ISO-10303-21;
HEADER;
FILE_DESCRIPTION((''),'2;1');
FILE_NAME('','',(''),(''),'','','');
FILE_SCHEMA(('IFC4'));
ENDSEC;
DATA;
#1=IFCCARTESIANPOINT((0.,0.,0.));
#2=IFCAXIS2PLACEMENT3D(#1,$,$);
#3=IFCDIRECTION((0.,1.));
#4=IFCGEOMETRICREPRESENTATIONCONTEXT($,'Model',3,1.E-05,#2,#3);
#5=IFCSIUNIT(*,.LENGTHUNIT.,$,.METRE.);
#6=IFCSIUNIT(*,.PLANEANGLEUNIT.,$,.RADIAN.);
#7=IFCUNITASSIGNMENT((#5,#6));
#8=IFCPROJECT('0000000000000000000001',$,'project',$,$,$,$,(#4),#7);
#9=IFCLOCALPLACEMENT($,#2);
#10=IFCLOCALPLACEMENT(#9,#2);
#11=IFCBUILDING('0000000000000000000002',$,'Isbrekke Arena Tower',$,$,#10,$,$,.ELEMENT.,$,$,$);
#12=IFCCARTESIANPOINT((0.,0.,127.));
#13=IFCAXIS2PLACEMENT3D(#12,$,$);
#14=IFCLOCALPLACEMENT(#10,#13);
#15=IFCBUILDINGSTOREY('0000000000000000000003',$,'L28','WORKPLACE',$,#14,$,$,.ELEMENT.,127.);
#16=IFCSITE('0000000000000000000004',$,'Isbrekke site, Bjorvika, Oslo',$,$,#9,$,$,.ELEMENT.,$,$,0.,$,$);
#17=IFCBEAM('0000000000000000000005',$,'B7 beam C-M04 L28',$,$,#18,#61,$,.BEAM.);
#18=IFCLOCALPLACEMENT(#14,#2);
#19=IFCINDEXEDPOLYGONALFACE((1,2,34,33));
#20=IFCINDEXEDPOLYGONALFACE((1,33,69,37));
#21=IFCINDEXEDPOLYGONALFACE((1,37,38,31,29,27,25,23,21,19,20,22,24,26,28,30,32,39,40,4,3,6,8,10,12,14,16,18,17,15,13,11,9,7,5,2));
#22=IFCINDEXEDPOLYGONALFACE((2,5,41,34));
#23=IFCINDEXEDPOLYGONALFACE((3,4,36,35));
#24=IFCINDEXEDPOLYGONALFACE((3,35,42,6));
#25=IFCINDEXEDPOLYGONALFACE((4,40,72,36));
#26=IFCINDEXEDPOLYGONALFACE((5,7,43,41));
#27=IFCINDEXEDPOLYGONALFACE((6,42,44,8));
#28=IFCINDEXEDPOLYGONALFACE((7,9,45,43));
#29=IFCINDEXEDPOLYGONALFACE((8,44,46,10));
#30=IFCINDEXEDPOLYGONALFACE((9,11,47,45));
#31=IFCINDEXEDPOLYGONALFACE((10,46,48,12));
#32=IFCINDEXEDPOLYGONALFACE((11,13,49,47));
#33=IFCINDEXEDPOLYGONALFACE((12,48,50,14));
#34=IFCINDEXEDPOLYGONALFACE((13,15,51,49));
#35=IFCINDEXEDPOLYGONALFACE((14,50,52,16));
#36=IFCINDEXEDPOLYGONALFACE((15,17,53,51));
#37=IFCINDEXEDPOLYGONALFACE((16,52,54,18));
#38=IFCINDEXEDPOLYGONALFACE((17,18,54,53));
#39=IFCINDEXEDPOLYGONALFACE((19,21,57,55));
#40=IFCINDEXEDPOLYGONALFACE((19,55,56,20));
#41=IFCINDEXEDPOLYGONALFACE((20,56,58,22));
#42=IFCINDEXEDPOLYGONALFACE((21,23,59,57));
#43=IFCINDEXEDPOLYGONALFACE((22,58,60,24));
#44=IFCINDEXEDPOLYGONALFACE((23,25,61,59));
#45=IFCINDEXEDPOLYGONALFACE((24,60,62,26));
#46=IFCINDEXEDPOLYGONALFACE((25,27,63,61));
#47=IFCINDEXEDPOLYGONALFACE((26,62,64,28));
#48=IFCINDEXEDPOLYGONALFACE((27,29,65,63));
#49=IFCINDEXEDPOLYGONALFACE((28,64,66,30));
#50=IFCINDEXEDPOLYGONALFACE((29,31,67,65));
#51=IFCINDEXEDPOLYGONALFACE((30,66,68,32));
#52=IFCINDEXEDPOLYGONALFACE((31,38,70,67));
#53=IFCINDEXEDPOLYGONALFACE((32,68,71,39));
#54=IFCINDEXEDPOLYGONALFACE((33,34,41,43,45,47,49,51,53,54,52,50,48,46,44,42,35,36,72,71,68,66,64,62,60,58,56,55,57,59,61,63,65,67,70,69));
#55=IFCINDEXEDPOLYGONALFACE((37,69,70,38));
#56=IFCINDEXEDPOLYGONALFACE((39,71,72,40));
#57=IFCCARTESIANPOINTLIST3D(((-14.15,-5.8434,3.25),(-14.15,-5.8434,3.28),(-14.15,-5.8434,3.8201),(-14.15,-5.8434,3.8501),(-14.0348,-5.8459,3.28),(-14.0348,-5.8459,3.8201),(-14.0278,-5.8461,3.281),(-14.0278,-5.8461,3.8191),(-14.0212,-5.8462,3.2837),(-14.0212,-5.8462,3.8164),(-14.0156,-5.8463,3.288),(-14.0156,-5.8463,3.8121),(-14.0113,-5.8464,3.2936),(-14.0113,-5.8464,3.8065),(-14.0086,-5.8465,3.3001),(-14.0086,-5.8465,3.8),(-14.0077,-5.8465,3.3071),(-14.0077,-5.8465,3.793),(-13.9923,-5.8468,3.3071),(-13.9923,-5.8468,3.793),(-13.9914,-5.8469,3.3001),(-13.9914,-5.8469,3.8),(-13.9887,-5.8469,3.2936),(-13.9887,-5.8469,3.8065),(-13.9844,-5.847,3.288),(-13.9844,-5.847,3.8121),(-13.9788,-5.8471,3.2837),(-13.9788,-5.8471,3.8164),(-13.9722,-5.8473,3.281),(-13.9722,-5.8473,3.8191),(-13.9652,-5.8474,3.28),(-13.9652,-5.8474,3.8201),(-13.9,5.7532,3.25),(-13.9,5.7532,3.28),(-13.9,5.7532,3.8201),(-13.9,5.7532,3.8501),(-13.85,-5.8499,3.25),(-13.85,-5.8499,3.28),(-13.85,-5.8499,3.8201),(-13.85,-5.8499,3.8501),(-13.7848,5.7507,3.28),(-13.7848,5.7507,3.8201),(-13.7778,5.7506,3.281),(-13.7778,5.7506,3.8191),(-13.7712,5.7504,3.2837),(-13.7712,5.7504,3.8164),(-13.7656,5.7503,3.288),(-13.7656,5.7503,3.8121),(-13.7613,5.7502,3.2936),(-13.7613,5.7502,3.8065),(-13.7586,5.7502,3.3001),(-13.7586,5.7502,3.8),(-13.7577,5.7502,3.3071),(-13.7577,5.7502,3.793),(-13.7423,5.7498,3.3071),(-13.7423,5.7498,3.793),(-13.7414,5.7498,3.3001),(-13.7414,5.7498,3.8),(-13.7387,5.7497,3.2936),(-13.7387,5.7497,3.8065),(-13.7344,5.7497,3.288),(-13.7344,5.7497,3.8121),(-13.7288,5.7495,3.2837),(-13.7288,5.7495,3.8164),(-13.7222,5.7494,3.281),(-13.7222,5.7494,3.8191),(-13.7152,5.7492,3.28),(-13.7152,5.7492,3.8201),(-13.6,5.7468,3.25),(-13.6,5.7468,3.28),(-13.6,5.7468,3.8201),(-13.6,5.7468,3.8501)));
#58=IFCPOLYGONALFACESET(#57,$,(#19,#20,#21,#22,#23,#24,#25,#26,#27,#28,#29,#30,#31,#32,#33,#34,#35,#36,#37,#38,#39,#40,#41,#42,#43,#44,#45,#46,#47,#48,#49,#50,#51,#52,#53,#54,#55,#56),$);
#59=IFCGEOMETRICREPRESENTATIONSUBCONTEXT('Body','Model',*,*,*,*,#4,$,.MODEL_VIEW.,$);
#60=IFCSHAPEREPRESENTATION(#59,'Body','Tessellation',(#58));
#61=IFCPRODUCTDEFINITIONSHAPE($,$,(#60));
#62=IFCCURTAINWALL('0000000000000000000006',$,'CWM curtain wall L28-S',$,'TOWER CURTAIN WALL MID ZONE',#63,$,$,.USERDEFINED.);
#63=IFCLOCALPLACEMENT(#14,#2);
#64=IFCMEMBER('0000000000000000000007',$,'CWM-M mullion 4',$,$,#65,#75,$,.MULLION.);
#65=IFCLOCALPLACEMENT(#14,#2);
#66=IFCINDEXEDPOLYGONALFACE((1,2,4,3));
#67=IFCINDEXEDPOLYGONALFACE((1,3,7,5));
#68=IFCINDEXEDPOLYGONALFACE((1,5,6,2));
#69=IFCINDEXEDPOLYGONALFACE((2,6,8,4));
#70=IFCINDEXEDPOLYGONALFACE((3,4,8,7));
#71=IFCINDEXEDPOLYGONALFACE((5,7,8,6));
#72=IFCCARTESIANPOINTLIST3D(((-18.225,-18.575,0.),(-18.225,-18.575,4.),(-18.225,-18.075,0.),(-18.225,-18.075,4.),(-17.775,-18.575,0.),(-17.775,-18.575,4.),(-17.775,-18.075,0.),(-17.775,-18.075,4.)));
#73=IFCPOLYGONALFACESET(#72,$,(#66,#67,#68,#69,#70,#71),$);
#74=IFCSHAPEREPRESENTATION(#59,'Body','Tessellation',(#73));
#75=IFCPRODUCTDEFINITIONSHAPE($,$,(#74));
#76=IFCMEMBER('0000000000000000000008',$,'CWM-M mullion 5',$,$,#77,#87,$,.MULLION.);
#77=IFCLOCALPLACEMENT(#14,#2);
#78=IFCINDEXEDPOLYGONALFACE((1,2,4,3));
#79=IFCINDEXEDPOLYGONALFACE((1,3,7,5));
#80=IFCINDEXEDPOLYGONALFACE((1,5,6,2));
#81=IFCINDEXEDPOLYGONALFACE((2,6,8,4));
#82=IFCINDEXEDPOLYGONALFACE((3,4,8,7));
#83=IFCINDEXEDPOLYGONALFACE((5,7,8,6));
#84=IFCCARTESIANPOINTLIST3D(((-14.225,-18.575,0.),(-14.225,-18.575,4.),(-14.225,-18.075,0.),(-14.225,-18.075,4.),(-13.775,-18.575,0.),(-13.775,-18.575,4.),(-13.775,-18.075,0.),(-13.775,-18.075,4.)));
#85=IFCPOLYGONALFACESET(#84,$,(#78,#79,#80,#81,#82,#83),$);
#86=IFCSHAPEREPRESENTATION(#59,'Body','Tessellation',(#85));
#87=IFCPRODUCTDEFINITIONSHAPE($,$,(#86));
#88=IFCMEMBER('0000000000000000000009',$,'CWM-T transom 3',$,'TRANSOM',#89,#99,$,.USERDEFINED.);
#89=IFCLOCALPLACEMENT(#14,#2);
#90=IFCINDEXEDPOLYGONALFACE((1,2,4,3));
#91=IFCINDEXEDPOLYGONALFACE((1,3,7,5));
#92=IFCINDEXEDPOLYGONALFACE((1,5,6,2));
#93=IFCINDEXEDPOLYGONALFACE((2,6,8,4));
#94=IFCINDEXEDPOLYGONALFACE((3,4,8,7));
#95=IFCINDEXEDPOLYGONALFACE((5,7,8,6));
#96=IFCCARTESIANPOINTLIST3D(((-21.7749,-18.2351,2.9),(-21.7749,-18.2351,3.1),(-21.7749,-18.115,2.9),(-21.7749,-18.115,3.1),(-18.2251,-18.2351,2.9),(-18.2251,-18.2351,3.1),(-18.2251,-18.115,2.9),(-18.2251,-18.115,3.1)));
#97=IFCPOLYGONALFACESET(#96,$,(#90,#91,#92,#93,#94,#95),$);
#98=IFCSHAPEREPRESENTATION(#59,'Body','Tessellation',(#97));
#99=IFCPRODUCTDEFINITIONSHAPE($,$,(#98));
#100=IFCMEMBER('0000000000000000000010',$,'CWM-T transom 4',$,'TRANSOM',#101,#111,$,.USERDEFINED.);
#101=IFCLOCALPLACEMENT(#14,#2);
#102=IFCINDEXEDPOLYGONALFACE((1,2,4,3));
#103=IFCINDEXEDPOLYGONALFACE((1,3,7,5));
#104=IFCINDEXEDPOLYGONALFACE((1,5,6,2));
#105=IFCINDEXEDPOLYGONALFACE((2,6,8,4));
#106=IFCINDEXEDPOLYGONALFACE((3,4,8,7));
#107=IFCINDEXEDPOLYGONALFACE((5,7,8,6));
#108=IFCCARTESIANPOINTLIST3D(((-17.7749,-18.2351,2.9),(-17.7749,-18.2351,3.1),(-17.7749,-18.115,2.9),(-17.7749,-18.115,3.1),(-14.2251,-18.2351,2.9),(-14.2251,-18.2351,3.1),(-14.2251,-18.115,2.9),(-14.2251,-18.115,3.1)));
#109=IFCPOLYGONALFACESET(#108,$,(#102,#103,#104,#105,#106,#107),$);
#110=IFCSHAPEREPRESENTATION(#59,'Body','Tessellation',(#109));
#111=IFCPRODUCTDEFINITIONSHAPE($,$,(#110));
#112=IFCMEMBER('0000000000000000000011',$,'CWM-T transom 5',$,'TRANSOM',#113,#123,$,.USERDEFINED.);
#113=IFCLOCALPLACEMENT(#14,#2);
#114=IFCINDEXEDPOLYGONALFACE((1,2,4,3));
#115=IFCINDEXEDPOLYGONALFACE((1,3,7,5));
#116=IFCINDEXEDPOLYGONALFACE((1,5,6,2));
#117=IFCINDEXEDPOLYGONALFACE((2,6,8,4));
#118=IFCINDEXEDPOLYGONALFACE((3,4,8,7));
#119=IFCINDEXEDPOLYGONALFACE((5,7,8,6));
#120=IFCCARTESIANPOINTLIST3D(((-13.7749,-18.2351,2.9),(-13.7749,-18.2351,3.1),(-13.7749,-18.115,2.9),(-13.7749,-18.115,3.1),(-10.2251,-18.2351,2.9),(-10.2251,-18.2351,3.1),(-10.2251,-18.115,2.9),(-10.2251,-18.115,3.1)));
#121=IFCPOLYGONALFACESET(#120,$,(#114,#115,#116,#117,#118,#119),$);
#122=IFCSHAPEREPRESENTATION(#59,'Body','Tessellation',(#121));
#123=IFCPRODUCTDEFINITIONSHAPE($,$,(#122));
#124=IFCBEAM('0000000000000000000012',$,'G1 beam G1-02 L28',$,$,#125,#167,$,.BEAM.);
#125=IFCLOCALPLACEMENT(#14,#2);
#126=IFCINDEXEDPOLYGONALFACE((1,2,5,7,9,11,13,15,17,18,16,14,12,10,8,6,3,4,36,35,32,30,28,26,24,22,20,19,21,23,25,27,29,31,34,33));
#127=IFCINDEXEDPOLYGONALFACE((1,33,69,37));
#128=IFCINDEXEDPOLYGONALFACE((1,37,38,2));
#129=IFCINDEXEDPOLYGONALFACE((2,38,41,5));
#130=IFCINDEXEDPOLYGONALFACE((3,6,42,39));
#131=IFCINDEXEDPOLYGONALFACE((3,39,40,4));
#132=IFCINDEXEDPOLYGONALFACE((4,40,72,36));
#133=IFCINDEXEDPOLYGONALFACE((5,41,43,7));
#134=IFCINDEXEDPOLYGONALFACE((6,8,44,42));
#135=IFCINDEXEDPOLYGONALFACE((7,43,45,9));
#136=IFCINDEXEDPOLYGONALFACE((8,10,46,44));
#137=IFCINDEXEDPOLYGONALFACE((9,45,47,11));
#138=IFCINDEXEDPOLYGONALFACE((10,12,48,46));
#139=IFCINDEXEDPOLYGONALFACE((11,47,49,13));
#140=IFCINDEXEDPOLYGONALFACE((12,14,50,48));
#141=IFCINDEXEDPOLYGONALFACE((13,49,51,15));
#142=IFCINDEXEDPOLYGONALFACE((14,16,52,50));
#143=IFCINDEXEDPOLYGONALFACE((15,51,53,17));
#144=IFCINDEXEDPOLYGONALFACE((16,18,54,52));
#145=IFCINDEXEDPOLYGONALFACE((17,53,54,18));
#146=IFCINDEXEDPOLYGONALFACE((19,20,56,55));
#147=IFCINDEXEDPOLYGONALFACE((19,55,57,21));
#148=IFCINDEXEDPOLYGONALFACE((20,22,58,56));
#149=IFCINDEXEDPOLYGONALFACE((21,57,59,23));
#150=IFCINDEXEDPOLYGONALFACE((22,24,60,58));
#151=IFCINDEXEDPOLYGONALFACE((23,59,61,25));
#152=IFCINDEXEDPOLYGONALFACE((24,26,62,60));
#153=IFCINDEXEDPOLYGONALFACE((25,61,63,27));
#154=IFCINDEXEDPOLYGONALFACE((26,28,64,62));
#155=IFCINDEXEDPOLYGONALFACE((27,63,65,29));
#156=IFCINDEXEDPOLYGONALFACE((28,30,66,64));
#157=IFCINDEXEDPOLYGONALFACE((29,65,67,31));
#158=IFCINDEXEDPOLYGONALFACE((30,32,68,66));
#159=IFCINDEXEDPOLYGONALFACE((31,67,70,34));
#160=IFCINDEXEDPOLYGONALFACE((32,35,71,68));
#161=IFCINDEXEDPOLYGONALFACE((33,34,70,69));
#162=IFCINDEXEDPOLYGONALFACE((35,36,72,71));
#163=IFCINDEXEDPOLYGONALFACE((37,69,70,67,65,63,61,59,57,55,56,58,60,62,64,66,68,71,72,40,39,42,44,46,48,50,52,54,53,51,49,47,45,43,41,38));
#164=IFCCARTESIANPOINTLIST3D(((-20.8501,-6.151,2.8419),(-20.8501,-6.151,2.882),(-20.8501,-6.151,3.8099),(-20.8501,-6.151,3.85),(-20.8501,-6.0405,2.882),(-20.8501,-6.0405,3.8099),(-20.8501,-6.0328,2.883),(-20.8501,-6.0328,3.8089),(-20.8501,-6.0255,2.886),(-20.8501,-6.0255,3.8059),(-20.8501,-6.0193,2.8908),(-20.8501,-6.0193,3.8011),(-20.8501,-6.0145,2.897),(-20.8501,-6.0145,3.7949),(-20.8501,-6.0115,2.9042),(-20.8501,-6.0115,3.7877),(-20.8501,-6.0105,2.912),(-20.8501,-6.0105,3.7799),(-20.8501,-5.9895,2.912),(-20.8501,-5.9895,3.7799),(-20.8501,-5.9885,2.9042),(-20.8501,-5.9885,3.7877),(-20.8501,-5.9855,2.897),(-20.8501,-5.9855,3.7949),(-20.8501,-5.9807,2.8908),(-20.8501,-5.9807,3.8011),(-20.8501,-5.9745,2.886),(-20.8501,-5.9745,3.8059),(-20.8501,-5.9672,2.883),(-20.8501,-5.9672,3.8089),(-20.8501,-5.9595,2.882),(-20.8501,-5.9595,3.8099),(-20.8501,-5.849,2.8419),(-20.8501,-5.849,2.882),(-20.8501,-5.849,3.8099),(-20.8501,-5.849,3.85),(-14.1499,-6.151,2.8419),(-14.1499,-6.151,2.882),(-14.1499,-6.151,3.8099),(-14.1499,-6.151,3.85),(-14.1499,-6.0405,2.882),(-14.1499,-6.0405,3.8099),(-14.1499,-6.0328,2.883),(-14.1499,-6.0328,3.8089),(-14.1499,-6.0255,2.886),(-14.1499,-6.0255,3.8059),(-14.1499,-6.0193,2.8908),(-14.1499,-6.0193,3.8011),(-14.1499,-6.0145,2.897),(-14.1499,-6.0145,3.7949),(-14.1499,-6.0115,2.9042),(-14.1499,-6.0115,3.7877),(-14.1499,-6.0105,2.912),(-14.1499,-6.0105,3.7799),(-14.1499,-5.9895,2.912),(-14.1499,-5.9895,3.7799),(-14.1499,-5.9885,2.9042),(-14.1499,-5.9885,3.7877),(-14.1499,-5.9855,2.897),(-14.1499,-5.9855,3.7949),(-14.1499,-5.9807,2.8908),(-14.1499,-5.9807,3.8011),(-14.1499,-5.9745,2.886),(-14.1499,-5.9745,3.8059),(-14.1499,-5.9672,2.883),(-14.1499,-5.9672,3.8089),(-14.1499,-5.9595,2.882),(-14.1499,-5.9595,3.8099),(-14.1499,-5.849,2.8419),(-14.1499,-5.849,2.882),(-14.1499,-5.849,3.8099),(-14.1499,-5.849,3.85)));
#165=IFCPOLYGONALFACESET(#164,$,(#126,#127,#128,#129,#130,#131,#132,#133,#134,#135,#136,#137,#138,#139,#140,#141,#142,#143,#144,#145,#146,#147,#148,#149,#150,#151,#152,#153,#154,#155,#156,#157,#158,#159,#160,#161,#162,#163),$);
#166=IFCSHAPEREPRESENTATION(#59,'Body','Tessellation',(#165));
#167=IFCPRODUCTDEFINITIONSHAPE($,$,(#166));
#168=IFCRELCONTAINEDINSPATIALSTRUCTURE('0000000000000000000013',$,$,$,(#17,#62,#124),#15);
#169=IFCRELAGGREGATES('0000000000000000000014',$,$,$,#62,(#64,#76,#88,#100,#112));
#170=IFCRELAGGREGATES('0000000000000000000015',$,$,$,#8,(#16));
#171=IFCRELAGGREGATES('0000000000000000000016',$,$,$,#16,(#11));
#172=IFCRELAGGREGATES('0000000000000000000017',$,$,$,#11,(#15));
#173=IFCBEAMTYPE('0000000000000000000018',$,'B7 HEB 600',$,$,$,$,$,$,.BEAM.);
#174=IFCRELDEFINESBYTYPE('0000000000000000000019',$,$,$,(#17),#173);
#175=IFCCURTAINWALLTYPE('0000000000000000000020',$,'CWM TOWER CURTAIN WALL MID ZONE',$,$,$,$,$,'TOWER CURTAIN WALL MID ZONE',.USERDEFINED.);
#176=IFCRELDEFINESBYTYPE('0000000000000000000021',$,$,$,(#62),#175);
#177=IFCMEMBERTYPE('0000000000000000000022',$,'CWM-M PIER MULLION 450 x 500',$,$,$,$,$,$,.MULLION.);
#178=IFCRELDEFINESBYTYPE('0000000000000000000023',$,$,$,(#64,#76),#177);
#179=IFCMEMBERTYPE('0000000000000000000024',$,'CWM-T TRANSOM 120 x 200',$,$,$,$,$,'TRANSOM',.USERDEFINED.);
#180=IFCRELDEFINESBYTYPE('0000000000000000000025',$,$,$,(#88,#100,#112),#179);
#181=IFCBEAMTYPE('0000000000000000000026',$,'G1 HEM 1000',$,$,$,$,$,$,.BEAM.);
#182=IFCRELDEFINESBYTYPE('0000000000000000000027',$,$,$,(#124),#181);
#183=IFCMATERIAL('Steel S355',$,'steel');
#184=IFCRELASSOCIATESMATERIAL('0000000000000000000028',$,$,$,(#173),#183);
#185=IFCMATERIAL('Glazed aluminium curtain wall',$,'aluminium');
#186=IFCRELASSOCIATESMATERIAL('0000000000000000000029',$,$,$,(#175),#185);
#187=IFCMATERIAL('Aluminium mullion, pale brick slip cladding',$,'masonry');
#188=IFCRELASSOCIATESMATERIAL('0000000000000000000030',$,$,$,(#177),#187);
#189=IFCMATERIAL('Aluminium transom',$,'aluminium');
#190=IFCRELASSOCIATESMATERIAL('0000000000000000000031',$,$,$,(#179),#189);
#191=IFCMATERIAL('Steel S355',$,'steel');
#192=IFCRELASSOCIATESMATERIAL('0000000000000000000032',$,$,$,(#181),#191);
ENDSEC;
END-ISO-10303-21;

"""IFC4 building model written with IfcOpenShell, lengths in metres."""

from ifc_helpers import new_model, si_unit, direction, frame, origin, origin_2d, place, context, subcontext, project, spatial, rectangle, i_section, extrude, material, material_profile, profile_set, type_object, element, aggregate, save


model = new_model("IFC4")

# Units and contexts
model_context = context("Model", 3, precision=1e-05, world=origin(), true_north=direction((0.0, 1.0)))
body_context = subcontext(model_context, "Body", "Model", "MODEL_VIEW")
ifc_project = project(units=[si_unit("LENGTHUNIT", "METRE"), si_unit("PLANEANGLEUNIT", "RADIAN")], contexts=[model_context])

# Site, building, storey
site_placement = place(None, origin())
site = spatial("IfcSite", under=ifc_project, at=site_placement, Name="Isbrekke site, Bjorvika, Oslo", CompositionType="ELEMENT", RefElevation=0.0)
building_placement = place(site_placement, origin())
building = spatial("IfcBuilding", under=site, at=building_placement, Name="Isbrekke Arena Tower", CompositionType="ELEMENT")
storey_placement = place(building_placement, frame((0.0, 0.0, 127.0)))
storey = spatial("IfcBuildingStorey", under=building, at=storey_placement, Name="L28", Description="WORKPLACE", CompositionType="ELEMENT", Elevation=127.0)

# Beam
ifc_material_1 = material(Name="Steel S355", Category="steel")
ifc_material_profile_1 = material_profile(ifc_material_1, i_section(OverallWidth=0.3, OverallDepth=0.6001, WebThickness=0.0154, FlangeThickness=0.03, FilletRadius=0.0271, at=origin_2d()), Name="HEB 600")
ifc_profile_set_1 = profile_set([ifc_material_profile_1], Name="Steel S355")
beam_type_1 = type_object("IfcBeamType", Name="B7 HEB 600", PredefinedType="BEAM", material=ifc_profile_set_1)
beam_1_placement = place(storey_placement, frame((-14.0, -5.8467, 3.55), z_axis=(0.021553, 0.999768, 0.0), x_axis=(-0.999768, 0.021553, 0.0)))
element("IfcBeam", 1, at=beam_1_placement, inside=storey, type_object=beam_type_1, Name="B7 beam C-M04 L28", PredefinedType="BEAM", context=body_context, shape_type="SweptSolid", body=[
    extrude(i_section(OverallWidth=0.3, OverallDepth=0.6001, WebThickness=0.0154, FlangeThickness=0.03, FilletRadius=0.0271, at=origin_2d()), origin(), (0.0, 0.0, 1.0), 11.5994),
])

# Curtain wall, members
ifc_material_2 = material(Name="Glazed aluminium curtain wall", Category="aluminium")
curtain_wall_type = type_object("IfcCurtainWallType", Name="CWM TOWER CURTAIN WALL MID ZONE", ElementType="TOWER CURTAIN WALL MID ZONE", PredefinedType="USERDEFINED", material=ifc_material_2)
curtain_wall_placement = place(storey_placement, origin())
curtain_wall = element("IfcCurtainWall", 2, at=curtain_wall_placement, inside=storey, type_object=curtain_wall_type, Name="CWM curtain wall L28-S", ObjectType="TOWER CURTAIN WALL MID ZONE", PredefinedType="USERDEFINED")
ifc_material_3 = material(Name="Aluminium mullion, pale brick slip cladding", Category="masonry")
ifc_material_profile_2 = material_profile(ifc_material_3, rectangle(XDim=0.45, YDim=0.5, at=origin_2d()), Name="PIER 450X500")
ifc_profile_set_2 = profile_set([ifc_material_profile_2], Name="Aluminium mullion, pale brick slip cladding")
member_type_1 = type_object("IfcMemberType", Name="CWM-M PIER MULLION 450 x 500", PredefinedType="MULLION", material=ifc_profile_set_2)
member_1_placement = place(storey_placement, frame((-18.0, -18.325, 0.0), z_axis=(0.0, 0.0, 1.0), x_axis=(1.0, 0.0, 0.0)))
member_1 = element("IfcMember", 3, at=member_1_placement, type_object=member_type_1, Name="CWM-M mullion 4", PredefinedType="MULLION", context=body_context, shape_type="SweptSolid", body=[
    extrude(rectangle(XDim=0.45, YDim=0.5, at=origin_2d()), origin(), (0.0, 0.0, 1.0), 4.0),
])
member_2_placement = place(storey_placement, frame((-14.0, -18.325, 0.0), z_axis=(0.0, 0.0, 1.0), x_axis=(1.0, 0.0, 0.0)))
member_2 = element("IfcMember", 4, at=member_2_placement, type_object=member_type_1, Name="CWM-M mullion 5", PredefinedType="MULLION", context=body_context, shape_type="SweptSolid", body=[
    extrude(rectangle(XDim=0.45, YDim=0.5, at=origin_2d()), origin(), (0.0, 0.0, 1.0), 4.0),
])
ifc_material_4 = material(Name="Aluminium transom", Category="aluminium")
ifc_material_profile_3 = material_profile(ifc_material_4, rectangle(XDim=0.1201, YDim=0.2, at=origin_2d()), Name="TRANSOM 120X200")
ifc_profile_set_3 = profile_set([ifc_material_profile_3], Name="Aluminium transom")
member_type_2 = type_object("IfcMemberType", Name="CWM-T TRANSOM 120 x 200", ElementType="TRANSOM", PredefinedType="USERDEFINED", material=ifc_profile_set_3)
member_3_placement = place(storey_placement, frame((-21.7749, -18.175, 3.0), z_axis=(1.0, 0.0, 0.0), x_axis=(0.0, 1.0, 0.0)))
member_3 = element("IfcMember", 5, at=member_3_placement, type_object=member_type_2, Name="CWM-T transom 3", ObjectType="TRANSOM", PredefinedType="USERDEFINED", context=body_context, shape_type="SweptSolid", body=[
    extrude(rectangle(XDim=0.1201, YDim=0.2, at=origin_2d()), origin(), (0.0, 0.0, 1.0), 3.5498),
])
member_4_placement = place(storey_placement, frame((-17.7749, -18.175, 3.0), z_axis=(1.0, 0.0, 0.0), x_axis=(0.0, 1.0, 0.0)))
member_4 = element("IfcMember", 6, at=member_4_placement, type_object=member_type_2, Name="CWM-T transom 4", ObjectType="TRANSOM", PredefinedType="USERDEFINED", context=body_context, shape_type="SweptSolid", body=[
    extrude(rectangle(XDim=0.1201, YDim=0.2, at=origin_2d()), origin(), (0.0, 0.0, 1.0), 3.5498),
])
member_5_placement = place(storey_placement, frame((-13.7749, -18.175, 3.0), z_axis=(1.0, 0.0, 0.0), x_axis=(0.0, 1.0, 0.0)))
member_5 = element("IfcMember", 7, at=member_5_placement, type_object=member_type_2, Name="CWM-T transom 5", ObjectType="TRANSOM", PredefinedType="USERDEFINED", context=body_context, shape_type="SweptSolid", body=[
    extrude(rectangle(XDim=0.1201, YDim=0.2, at=origin_2d()), origin(), (0.0, 0.0, 1.0), 3.5498),
])

# Beam
ifc_material_5 = material(Name="Steel S355", Category="steel")
ifc_material_profile_4 = material_profile(ifc_material_5, i_section(OverallWidth=0.302, OverallDepth=1.0081, WebThickness=0.021, FlangeThickness=0.04, FilletRadius=0.03, at=origin_2d()), Name="HEM 1000")
ifc_profile_set_4 = profile_set([ifc_material_profile_4], Name="Steel S355")
beam_type_2 = type_object("IfcBeamType", Name="G1 HEM 1000", PredefinedType="BEAM", material=ifc_profile_set_4)
for number, where, z_axis, x_axis, name in (
    (8, (-20.8501, -6.0, 3.3459), (1.0, 0.0, 0.0), (0.0, 1.0, 0.0), "G1 beam G1-02 L28"),
):
    element("IfcBeam", number, at=place(storey_placement, frame(where, z_axis=z_axis, x_axis=x_axis)), inside=storey, type_object=beam_type_2, Name=name, PredefinedType="BEAM", context=body_context, shape_type="SweptSolid", body=[
        extrude(i_section(OverallWidth=0.302, OverallDepth=1.0081, WebThickness=0.021, FlangeThickness=0.04, FilletRadius=0.03, at=origin_2d()), origin(), (0.0, 0.0, 1.0), 6.7002),
    ])

aggregate(curtain_wall, [member_1, member_2, member_3, member_4, member_5])

save(model, "model.ifc")
